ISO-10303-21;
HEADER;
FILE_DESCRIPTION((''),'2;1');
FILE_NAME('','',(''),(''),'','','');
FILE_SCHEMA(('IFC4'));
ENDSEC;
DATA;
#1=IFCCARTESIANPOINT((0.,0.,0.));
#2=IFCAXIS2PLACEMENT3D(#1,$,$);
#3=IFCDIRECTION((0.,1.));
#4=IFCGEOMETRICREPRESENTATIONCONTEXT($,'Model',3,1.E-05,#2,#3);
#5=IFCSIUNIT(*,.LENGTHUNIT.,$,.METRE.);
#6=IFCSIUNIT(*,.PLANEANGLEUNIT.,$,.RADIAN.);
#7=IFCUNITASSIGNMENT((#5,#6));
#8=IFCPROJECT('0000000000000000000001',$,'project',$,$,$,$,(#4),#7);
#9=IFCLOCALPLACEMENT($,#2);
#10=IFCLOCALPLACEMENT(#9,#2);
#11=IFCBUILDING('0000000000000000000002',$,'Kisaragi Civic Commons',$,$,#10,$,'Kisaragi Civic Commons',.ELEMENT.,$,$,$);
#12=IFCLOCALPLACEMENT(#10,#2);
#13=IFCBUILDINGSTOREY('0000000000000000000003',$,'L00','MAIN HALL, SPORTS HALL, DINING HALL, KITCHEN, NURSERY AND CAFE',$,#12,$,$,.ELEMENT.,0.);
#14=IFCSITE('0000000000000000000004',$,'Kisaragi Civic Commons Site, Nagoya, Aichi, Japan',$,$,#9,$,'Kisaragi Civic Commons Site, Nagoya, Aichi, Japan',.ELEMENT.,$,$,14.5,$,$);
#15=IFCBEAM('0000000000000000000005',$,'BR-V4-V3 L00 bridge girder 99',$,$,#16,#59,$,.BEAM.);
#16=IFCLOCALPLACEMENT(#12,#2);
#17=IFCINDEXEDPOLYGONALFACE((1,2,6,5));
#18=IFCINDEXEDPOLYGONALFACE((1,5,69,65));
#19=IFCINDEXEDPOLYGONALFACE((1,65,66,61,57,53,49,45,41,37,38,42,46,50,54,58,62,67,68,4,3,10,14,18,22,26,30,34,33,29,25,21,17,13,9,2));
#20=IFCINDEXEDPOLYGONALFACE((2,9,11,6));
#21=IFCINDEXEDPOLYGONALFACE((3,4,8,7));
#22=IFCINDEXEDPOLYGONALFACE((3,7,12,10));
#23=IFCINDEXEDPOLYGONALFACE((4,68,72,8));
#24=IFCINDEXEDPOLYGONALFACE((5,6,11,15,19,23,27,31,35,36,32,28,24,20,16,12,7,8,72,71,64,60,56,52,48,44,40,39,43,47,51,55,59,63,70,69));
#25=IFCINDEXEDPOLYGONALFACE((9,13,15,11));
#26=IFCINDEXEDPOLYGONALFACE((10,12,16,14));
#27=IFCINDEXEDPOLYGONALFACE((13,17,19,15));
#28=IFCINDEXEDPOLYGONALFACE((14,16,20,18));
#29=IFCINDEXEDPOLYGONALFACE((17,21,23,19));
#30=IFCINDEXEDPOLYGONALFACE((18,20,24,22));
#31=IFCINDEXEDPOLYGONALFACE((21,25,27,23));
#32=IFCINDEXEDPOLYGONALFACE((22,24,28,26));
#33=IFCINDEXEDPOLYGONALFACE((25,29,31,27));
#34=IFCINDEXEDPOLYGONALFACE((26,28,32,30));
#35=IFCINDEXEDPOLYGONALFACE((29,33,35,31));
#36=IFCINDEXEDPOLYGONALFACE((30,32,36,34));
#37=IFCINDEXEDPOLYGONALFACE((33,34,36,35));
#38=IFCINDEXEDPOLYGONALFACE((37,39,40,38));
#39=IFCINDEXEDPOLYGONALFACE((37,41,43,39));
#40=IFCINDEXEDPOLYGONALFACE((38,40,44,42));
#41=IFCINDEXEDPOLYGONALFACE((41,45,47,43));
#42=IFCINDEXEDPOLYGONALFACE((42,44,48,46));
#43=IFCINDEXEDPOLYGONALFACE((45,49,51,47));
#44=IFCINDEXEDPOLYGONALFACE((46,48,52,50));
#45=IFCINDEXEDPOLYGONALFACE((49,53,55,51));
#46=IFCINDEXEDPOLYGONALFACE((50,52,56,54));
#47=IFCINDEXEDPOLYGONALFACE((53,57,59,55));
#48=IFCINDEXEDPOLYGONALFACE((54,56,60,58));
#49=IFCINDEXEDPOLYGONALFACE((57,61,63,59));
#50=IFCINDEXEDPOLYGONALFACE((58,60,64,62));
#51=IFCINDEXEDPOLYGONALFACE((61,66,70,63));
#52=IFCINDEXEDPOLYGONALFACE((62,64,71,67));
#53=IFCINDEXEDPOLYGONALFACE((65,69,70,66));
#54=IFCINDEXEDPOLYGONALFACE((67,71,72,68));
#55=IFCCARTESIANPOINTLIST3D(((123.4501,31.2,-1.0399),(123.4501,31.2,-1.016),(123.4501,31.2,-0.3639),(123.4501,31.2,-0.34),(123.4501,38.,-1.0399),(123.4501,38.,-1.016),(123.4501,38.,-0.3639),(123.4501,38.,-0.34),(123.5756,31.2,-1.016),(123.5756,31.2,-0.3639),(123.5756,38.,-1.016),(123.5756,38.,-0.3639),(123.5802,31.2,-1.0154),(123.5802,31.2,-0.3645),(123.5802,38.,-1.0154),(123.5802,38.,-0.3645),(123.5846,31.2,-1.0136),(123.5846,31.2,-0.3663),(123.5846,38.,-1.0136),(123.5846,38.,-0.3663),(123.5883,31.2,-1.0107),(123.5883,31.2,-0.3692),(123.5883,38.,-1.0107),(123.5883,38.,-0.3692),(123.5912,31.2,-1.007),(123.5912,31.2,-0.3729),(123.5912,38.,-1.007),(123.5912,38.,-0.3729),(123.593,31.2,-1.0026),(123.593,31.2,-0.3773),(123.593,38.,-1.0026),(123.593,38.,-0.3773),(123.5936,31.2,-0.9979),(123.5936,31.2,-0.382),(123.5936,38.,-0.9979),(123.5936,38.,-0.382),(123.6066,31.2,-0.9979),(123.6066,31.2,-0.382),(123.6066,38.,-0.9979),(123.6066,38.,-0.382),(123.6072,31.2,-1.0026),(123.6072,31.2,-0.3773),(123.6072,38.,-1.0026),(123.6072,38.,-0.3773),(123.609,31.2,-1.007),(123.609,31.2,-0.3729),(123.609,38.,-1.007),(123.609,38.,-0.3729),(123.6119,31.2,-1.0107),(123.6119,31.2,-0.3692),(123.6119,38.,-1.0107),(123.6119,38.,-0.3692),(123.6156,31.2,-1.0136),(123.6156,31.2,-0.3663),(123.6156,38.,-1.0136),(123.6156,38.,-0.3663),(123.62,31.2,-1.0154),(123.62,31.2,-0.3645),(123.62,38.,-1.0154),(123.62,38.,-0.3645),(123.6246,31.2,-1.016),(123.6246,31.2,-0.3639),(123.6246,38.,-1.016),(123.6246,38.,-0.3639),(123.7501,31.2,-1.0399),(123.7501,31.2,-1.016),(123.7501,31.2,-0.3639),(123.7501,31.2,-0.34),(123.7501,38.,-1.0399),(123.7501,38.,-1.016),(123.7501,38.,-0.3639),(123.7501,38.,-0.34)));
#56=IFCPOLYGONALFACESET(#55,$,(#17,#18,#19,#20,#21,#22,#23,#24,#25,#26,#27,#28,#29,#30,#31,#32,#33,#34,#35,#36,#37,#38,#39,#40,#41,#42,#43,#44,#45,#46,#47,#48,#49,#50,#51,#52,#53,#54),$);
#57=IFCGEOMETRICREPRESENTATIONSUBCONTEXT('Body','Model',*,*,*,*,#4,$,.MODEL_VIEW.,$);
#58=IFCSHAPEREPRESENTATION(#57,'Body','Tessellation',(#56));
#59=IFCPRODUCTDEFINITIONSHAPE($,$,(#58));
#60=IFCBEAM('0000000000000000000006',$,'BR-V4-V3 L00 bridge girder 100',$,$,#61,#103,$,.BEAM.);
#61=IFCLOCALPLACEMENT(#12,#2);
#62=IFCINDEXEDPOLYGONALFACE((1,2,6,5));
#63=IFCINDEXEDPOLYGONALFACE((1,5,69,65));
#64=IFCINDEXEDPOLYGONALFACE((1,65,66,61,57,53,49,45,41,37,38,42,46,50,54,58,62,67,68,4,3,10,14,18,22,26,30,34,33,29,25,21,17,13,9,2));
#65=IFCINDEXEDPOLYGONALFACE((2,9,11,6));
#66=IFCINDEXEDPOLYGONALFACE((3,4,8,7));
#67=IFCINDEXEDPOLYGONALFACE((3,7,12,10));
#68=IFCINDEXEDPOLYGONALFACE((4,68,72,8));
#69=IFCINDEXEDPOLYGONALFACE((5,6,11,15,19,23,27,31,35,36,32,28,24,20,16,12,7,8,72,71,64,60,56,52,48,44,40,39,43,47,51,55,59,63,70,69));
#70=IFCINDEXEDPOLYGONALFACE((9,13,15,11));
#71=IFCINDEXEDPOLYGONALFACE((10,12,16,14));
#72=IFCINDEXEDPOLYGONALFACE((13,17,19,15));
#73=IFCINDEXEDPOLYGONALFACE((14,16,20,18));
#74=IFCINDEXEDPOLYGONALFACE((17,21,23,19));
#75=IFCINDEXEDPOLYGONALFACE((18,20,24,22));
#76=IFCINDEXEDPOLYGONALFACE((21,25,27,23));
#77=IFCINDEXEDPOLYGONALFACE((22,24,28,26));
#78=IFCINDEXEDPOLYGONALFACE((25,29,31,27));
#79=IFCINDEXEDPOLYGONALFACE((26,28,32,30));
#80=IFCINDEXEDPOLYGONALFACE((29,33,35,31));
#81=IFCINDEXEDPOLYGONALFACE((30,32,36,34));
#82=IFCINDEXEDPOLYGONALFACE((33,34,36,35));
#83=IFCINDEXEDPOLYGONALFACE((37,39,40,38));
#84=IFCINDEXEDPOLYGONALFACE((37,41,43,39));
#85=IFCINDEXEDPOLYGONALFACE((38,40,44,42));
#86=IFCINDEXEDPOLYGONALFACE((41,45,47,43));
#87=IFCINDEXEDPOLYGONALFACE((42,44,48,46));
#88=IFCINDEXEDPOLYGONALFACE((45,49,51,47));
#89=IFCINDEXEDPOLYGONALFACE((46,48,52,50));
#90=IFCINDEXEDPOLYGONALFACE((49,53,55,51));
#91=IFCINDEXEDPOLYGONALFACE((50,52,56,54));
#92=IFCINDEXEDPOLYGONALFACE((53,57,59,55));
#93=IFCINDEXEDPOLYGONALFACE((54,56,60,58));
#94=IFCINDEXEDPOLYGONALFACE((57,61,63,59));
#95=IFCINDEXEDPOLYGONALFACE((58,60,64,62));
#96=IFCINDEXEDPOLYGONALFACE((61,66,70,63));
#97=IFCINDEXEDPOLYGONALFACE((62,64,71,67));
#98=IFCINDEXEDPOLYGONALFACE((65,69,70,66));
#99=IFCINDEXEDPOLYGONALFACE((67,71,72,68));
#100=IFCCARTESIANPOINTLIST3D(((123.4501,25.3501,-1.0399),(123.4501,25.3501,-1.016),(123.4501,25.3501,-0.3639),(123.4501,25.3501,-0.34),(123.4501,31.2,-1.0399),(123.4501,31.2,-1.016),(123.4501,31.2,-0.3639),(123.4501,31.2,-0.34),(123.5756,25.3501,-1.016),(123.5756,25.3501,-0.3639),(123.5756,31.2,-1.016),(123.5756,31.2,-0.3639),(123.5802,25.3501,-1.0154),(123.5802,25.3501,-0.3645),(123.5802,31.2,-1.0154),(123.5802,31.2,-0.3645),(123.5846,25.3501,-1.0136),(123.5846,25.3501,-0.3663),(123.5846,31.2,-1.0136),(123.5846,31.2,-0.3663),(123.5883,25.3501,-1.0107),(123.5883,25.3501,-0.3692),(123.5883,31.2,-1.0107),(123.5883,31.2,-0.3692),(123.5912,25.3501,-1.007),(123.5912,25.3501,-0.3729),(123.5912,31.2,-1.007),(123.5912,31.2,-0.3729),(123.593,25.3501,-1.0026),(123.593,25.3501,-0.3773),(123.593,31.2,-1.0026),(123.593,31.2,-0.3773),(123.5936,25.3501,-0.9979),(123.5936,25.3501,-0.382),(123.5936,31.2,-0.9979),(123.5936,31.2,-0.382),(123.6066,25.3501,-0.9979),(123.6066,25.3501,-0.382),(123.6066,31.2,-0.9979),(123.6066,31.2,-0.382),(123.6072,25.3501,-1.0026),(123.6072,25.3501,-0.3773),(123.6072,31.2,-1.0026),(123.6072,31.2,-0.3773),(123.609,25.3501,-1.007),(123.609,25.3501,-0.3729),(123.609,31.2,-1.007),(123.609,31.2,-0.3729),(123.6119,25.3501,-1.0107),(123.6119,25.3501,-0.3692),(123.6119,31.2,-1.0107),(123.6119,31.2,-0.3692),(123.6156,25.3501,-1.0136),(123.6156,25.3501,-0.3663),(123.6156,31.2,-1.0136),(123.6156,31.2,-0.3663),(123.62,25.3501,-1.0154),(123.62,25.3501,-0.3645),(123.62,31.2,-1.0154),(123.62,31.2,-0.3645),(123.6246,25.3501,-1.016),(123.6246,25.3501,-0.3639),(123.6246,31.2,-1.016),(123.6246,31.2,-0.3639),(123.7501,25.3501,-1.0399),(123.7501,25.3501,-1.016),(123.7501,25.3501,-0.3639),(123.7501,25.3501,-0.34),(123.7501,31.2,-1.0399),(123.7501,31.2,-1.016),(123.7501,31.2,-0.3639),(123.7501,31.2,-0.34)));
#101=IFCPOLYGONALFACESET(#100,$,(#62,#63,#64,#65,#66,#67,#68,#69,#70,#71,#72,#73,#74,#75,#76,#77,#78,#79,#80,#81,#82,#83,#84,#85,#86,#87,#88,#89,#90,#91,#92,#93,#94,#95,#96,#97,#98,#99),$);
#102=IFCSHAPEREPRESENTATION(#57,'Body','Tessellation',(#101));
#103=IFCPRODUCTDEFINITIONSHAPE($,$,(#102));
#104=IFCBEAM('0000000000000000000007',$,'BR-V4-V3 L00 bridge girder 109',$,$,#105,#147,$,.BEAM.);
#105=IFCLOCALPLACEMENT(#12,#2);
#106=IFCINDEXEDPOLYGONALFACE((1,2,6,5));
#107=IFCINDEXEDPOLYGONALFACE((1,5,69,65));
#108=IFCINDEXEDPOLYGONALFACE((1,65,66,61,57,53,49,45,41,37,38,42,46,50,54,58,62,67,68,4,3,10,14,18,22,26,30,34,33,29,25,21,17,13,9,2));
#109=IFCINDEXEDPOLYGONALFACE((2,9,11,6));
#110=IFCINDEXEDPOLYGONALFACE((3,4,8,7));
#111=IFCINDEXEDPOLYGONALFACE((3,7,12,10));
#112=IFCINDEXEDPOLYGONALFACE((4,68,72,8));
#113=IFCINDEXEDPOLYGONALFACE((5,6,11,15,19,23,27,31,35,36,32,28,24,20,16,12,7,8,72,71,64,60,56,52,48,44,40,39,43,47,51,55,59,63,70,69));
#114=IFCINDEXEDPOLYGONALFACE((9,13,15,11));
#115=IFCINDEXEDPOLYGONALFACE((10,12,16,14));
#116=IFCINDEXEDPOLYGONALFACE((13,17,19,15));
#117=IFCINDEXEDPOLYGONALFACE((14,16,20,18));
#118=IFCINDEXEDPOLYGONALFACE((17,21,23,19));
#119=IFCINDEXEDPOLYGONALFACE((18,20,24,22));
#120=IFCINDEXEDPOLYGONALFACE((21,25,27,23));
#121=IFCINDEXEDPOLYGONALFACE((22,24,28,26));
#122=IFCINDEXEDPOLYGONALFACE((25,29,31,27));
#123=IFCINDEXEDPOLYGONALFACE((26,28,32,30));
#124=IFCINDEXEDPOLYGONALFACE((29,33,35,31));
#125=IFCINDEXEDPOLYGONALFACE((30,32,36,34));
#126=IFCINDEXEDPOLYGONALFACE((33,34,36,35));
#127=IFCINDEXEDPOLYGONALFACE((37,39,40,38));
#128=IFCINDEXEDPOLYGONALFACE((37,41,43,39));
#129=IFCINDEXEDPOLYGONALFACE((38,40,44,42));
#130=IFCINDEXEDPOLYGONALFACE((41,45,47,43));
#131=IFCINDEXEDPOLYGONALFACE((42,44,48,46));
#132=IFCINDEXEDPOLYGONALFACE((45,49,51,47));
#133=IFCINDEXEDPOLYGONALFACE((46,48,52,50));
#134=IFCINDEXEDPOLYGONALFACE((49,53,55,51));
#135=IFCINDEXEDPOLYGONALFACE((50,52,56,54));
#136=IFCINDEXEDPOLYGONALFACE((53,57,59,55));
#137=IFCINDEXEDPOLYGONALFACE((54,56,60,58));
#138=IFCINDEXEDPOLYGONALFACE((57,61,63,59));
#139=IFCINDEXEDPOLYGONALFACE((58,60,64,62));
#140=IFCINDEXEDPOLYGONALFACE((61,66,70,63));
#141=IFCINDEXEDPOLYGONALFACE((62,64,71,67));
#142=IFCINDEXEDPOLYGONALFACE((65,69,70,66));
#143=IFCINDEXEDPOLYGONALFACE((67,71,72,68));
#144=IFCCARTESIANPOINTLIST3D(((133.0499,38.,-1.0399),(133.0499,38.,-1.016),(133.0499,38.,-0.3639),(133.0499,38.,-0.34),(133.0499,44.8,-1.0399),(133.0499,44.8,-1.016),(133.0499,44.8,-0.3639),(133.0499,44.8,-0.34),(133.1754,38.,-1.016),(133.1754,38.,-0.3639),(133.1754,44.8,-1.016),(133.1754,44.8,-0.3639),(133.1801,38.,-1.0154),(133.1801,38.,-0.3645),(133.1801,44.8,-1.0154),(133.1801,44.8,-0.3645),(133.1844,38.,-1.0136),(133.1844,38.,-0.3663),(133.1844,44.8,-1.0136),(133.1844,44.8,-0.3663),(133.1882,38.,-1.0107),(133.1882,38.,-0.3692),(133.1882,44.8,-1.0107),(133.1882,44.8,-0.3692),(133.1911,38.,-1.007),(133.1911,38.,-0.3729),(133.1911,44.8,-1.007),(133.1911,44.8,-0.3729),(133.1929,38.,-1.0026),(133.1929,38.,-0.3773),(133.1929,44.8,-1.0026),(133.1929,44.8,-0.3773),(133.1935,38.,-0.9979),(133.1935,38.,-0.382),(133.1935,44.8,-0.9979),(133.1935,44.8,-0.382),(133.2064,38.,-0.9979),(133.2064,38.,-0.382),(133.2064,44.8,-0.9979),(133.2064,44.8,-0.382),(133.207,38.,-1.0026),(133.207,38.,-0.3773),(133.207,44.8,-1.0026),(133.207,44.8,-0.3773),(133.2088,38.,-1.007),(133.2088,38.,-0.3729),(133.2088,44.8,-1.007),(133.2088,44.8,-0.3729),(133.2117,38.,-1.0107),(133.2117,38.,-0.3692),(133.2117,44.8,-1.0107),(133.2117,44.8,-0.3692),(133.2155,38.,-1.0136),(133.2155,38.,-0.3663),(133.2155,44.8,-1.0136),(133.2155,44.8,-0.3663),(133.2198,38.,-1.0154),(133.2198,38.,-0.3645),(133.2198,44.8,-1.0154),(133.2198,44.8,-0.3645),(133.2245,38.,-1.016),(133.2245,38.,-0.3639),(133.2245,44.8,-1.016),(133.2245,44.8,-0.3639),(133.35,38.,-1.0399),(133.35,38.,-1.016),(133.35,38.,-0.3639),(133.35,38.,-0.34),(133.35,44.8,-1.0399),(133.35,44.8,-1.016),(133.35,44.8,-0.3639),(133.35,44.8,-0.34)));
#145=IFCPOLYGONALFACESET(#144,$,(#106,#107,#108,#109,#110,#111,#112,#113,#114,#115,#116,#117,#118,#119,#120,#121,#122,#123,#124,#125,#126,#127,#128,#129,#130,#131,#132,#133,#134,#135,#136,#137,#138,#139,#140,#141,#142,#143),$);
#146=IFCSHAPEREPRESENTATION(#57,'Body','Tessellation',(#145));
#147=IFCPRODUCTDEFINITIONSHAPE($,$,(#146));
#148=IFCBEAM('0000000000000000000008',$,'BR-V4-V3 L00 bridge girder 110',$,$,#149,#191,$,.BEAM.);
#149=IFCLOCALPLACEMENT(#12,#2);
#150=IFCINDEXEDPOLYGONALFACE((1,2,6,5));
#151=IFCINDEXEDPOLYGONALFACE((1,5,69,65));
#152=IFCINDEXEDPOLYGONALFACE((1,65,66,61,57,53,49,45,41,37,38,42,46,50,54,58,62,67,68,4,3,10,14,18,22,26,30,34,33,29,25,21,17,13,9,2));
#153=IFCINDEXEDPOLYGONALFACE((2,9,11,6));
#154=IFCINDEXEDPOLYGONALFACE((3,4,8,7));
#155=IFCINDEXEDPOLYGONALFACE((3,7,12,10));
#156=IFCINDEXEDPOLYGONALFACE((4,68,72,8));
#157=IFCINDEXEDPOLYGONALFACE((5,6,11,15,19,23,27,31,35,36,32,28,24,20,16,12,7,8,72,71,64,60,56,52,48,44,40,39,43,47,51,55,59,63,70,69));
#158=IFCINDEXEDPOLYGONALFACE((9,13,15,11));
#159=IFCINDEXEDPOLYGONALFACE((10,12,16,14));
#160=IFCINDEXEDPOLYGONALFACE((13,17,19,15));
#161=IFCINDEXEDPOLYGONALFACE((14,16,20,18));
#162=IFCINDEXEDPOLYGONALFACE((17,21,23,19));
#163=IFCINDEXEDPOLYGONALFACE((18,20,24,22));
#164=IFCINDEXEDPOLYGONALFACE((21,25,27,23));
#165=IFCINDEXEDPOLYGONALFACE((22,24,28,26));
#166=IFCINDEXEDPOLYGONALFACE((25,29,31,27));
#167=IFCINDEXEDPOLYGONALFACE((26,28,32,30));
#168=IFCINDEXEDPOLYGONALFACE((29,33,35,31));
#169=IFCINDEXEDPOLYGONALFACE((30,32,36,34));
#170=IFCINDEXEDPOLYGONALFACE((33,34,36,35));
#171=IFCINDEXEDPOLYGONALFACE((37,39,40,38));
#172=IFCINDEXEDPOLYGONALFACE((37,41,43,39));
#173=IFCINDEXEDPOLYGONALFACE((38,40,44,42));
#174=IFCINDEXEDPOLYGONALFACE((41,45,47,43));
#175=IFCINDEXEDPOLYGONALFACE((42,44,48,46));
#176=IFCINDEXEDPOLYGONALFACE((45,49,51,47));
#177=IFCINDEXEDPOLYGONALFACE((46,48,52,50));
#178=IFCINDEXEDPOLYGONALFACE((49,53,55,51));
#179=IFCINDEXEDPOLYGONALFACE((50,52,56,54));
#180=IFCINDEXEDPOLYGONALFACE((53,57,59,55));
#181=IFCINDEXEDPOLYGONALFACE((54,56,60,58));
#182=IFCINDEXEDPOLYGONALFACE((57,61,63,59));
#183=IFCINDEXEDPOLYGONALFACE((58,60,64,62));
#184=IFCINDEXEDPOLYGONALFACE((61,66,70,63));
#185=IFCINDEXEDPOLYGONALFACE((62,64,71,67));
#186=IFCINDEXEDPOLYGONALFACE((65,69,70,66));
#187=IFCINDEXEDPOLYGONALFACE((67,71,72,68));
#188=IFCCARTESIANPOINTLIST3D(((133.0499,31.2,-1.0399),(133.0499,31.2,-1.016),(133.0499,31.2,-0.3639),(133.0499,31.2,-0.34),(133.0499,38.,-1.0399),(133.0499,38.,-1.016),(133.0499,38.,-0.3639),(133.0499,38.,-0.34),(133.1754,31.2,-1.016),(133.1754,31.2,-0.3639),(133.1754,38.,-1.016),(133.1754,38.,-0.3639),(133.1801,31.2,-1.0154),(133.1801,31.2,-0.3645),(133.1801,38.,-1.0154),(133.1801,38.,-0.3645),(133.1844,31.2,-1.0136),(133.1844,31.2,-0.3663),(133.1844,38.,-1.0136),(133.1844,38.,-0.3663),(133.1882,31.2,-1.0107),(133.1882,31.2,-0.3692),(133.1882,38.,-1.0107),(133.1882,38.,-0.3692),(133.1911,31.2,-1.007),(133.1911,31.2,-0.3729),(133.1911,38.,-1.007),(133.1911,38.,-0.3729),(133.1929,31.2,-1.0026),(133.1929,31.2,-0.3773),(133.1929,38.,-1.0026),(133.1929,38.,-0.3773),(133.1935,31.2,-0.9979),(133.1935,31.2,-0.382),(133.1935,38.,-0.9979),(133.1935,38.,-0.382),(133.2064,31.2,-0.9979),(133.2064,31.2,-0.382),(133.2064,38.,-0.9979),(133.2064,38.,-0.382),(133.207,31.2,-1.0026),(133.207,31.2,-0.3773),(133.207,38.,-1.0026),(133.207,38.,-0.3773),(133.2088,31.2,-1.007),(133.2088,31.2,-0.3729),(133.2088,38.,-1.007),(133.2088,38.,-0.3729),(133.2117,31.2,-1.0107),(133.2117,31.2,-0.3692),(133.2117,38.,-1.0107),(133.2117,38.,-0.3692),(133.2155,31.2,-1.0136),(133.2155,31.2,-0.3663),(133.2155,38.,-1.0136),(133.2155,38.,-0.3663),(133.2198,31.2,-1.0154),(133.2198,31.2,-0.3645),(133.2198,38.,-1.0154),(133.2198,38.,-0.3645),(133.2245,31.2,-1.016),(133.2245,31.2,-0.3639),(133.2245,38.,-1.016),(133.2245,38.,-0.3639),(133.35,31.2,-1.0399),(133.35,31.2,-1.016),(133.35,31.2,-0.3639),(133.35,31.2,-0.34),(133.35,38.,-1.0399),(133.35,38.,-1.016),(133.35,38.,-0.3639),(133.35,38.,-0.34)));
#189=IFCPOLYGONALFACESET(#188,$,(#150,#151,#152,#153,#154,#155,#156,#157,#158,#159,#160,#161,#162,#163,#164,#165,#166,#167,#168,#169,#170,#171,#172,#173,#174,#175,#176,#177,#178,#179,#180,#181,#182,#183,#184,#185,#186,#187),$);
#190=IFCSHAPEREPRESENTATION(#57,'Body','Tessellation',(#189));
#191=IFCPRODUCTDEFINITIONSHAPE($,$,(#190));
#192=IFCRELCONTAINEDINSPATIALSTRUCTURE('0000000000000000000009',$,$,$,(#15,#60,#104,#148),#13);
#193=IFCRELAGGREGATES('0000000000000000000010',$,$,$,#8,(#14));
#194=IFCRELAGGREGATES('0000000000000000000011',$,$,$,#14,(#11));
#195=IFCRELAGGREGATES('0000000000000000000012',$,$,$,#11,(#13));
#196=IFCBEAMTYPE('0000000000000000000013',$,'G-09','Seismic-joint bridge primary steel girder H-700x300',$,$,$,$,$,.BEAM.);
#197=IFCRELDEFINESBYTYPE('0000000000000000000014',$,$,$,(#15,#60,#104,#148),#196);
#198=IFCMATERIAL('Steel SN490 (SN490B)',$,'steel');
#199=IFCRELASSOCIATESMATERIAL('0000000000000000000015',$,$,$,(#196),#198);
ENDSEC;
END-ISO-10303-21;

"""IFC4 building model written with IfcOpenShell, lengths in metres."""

from ifc_helpers import new_model, si_unit, direction, frame, origin, origin_2d, place, context, subcontext, project, spatial, i_section, extrude, material, material_profile, profile_set, type_object, element, save


model = new_model("IFC4")

# Units and contexts
model_context = context("Model", 3, precision=1e-05, world=origin(), true_north=direction((0.0, 1.0)))
body_context = subcontext(model_context, "Body", "Model", "MODEL_VIEW")
ifc_project = project(units=[si_unit("LENGTHUNIT", "METRE"), si_unit("PLANEANGLEUNIT", "RADIAN")], contexts=[model_context])

# Site, building, storey
site_placement = place(None, origin())
site = spatial("IfcSite", under=ifc_project, at=site_placement, Name="Kisaragi Civic Commons Site, Nagoya, Aichi, Japan", LongName="Kisaragi Civic Commons Site, Nagoya, Aichi, Japan", CompositionType="ELEMENT", RefElevation=14.5)
building_placement = place(site_placement, origin())
building = spatial("IfcBuilding", under=site, at=building_placement, Name="Kisaragi Civic Commons", LongName="Kisaragi Civic Commons", CompositionType="ELEMENT")
storey_placement = place(building_placement, origin())
storey = spatial("IfcBuildingStorey", under=building, at=storey_placement, Name="L00", Description="MAIN HALL, SPORTS HALL, DINING HALL, KITCHEN, NURSERY AND CAFE", CompositionType="ELEMENT", Elevation=0.0)

# Beams
ifc_material_1 = material(Name="Steel SN490 (SN490B)", Category="steel")
ifc_material_profile_1 = material_profile(ifc_material_1, i_section(OverallWidth=0.3, OverallDepth=0.7, WebThickness=0.0129, FlangeThickness=0.0239, FilletRadius=0.0181, at=origin_2d()), Name="H-700x300x13x24", Category="steel")
ifc_profile_set_1 = profile_set([ifc_material_profile_1], Name="Steel SN490 (SN490B)")
beam_type_1 = type_object("IfcBeamType", Name="G-09", Description="Seismic-joint bridge primary steel girder H-700x300", PredefinedType="BEAM", material=ifc_profile_set_1)
for number, where, z_axis, x_axis, name in (
    (1, (123.6001, 38.0, -0.6899), (0.0, -1.0, 0.0), (1.0, 0.0, 0.0), "BR-V4-V3 L00 bridge girder 99"),
):
    element("IfcBeam", number, at=place(storey_placement, frame(where, z_axis=z_axis, x_axis=x_axis)), inside=storey, type_object=beam_type_1, Name=name, PredefinedType="BEAM", context=body_context, shape_type="SweptSolid", body=[
        extrude(i_section(OverallWidth=0.3, OverallDepth=0.7, WebThickness=0.0129, FlangeThickness=0.0239, FilletRadius=0.0181, at=origin_2d()), origin(), (0.0, 0.0, 1.0), 6.8),
    ])
beam_1_placement = place(storey_placement, frame((123.6001, 31.2, -0.6899), z_axis=(0.0, -1.0, 0.0), x_axis=(1.0, 0.0, 0.0)))
element("IfcBeam", 2, at=beam_1_placement, inside=storey, type_object=beam_type_1, Name="BR-V4-V3 L00 bridge girder 100", PredefinedType="BEAM", context=body_context, shape_type="SweptSolid", body=[
    extrude(i_section(OverallWidth=0.3, OverallDepth=0.7, WebThickness=0.0129, FlangeThickness=0.0239, FilletRadius=0.0181, at=origin_2d()), origin(), (0.0, 0.0, 1.0), 5.8499),
])
for number, where, z_axis, x_axis, name in (
    (3, (133.2, 44.8, -0.6899), (0.0, -1.0, 0.0), (1.0, 0.0, 0.0), "BR-V4-V3 L00 bridge girder 109"),
    (4, (133.2, 38.0, -0.6899), (0.0, -1.0, 0.0), (1.0, 0.0, 0.0), "BR-V4-V3 L00 bridge girder 110"),
):
    element("IfcBeam", number, at=place(storey_placement, frame(where, z_axis=z_axis, x_axis=x_axis)), inside=storey, type_object=beam_type_1, Name=name, PredefinedType="BEAM", context=body_context, shape_type="SweptSolid", body=[
        extrude(i_section(OverallWidth=0.3, OverallDepth=0.7, WebThickness=0.0129, FlangeThickness=0.0239, FilletRadius=0.0181, at=origin_2d()), origin(), (0.0, 0.0, 1.0), 6.8),
    ])

save(model, "model.ifc")
